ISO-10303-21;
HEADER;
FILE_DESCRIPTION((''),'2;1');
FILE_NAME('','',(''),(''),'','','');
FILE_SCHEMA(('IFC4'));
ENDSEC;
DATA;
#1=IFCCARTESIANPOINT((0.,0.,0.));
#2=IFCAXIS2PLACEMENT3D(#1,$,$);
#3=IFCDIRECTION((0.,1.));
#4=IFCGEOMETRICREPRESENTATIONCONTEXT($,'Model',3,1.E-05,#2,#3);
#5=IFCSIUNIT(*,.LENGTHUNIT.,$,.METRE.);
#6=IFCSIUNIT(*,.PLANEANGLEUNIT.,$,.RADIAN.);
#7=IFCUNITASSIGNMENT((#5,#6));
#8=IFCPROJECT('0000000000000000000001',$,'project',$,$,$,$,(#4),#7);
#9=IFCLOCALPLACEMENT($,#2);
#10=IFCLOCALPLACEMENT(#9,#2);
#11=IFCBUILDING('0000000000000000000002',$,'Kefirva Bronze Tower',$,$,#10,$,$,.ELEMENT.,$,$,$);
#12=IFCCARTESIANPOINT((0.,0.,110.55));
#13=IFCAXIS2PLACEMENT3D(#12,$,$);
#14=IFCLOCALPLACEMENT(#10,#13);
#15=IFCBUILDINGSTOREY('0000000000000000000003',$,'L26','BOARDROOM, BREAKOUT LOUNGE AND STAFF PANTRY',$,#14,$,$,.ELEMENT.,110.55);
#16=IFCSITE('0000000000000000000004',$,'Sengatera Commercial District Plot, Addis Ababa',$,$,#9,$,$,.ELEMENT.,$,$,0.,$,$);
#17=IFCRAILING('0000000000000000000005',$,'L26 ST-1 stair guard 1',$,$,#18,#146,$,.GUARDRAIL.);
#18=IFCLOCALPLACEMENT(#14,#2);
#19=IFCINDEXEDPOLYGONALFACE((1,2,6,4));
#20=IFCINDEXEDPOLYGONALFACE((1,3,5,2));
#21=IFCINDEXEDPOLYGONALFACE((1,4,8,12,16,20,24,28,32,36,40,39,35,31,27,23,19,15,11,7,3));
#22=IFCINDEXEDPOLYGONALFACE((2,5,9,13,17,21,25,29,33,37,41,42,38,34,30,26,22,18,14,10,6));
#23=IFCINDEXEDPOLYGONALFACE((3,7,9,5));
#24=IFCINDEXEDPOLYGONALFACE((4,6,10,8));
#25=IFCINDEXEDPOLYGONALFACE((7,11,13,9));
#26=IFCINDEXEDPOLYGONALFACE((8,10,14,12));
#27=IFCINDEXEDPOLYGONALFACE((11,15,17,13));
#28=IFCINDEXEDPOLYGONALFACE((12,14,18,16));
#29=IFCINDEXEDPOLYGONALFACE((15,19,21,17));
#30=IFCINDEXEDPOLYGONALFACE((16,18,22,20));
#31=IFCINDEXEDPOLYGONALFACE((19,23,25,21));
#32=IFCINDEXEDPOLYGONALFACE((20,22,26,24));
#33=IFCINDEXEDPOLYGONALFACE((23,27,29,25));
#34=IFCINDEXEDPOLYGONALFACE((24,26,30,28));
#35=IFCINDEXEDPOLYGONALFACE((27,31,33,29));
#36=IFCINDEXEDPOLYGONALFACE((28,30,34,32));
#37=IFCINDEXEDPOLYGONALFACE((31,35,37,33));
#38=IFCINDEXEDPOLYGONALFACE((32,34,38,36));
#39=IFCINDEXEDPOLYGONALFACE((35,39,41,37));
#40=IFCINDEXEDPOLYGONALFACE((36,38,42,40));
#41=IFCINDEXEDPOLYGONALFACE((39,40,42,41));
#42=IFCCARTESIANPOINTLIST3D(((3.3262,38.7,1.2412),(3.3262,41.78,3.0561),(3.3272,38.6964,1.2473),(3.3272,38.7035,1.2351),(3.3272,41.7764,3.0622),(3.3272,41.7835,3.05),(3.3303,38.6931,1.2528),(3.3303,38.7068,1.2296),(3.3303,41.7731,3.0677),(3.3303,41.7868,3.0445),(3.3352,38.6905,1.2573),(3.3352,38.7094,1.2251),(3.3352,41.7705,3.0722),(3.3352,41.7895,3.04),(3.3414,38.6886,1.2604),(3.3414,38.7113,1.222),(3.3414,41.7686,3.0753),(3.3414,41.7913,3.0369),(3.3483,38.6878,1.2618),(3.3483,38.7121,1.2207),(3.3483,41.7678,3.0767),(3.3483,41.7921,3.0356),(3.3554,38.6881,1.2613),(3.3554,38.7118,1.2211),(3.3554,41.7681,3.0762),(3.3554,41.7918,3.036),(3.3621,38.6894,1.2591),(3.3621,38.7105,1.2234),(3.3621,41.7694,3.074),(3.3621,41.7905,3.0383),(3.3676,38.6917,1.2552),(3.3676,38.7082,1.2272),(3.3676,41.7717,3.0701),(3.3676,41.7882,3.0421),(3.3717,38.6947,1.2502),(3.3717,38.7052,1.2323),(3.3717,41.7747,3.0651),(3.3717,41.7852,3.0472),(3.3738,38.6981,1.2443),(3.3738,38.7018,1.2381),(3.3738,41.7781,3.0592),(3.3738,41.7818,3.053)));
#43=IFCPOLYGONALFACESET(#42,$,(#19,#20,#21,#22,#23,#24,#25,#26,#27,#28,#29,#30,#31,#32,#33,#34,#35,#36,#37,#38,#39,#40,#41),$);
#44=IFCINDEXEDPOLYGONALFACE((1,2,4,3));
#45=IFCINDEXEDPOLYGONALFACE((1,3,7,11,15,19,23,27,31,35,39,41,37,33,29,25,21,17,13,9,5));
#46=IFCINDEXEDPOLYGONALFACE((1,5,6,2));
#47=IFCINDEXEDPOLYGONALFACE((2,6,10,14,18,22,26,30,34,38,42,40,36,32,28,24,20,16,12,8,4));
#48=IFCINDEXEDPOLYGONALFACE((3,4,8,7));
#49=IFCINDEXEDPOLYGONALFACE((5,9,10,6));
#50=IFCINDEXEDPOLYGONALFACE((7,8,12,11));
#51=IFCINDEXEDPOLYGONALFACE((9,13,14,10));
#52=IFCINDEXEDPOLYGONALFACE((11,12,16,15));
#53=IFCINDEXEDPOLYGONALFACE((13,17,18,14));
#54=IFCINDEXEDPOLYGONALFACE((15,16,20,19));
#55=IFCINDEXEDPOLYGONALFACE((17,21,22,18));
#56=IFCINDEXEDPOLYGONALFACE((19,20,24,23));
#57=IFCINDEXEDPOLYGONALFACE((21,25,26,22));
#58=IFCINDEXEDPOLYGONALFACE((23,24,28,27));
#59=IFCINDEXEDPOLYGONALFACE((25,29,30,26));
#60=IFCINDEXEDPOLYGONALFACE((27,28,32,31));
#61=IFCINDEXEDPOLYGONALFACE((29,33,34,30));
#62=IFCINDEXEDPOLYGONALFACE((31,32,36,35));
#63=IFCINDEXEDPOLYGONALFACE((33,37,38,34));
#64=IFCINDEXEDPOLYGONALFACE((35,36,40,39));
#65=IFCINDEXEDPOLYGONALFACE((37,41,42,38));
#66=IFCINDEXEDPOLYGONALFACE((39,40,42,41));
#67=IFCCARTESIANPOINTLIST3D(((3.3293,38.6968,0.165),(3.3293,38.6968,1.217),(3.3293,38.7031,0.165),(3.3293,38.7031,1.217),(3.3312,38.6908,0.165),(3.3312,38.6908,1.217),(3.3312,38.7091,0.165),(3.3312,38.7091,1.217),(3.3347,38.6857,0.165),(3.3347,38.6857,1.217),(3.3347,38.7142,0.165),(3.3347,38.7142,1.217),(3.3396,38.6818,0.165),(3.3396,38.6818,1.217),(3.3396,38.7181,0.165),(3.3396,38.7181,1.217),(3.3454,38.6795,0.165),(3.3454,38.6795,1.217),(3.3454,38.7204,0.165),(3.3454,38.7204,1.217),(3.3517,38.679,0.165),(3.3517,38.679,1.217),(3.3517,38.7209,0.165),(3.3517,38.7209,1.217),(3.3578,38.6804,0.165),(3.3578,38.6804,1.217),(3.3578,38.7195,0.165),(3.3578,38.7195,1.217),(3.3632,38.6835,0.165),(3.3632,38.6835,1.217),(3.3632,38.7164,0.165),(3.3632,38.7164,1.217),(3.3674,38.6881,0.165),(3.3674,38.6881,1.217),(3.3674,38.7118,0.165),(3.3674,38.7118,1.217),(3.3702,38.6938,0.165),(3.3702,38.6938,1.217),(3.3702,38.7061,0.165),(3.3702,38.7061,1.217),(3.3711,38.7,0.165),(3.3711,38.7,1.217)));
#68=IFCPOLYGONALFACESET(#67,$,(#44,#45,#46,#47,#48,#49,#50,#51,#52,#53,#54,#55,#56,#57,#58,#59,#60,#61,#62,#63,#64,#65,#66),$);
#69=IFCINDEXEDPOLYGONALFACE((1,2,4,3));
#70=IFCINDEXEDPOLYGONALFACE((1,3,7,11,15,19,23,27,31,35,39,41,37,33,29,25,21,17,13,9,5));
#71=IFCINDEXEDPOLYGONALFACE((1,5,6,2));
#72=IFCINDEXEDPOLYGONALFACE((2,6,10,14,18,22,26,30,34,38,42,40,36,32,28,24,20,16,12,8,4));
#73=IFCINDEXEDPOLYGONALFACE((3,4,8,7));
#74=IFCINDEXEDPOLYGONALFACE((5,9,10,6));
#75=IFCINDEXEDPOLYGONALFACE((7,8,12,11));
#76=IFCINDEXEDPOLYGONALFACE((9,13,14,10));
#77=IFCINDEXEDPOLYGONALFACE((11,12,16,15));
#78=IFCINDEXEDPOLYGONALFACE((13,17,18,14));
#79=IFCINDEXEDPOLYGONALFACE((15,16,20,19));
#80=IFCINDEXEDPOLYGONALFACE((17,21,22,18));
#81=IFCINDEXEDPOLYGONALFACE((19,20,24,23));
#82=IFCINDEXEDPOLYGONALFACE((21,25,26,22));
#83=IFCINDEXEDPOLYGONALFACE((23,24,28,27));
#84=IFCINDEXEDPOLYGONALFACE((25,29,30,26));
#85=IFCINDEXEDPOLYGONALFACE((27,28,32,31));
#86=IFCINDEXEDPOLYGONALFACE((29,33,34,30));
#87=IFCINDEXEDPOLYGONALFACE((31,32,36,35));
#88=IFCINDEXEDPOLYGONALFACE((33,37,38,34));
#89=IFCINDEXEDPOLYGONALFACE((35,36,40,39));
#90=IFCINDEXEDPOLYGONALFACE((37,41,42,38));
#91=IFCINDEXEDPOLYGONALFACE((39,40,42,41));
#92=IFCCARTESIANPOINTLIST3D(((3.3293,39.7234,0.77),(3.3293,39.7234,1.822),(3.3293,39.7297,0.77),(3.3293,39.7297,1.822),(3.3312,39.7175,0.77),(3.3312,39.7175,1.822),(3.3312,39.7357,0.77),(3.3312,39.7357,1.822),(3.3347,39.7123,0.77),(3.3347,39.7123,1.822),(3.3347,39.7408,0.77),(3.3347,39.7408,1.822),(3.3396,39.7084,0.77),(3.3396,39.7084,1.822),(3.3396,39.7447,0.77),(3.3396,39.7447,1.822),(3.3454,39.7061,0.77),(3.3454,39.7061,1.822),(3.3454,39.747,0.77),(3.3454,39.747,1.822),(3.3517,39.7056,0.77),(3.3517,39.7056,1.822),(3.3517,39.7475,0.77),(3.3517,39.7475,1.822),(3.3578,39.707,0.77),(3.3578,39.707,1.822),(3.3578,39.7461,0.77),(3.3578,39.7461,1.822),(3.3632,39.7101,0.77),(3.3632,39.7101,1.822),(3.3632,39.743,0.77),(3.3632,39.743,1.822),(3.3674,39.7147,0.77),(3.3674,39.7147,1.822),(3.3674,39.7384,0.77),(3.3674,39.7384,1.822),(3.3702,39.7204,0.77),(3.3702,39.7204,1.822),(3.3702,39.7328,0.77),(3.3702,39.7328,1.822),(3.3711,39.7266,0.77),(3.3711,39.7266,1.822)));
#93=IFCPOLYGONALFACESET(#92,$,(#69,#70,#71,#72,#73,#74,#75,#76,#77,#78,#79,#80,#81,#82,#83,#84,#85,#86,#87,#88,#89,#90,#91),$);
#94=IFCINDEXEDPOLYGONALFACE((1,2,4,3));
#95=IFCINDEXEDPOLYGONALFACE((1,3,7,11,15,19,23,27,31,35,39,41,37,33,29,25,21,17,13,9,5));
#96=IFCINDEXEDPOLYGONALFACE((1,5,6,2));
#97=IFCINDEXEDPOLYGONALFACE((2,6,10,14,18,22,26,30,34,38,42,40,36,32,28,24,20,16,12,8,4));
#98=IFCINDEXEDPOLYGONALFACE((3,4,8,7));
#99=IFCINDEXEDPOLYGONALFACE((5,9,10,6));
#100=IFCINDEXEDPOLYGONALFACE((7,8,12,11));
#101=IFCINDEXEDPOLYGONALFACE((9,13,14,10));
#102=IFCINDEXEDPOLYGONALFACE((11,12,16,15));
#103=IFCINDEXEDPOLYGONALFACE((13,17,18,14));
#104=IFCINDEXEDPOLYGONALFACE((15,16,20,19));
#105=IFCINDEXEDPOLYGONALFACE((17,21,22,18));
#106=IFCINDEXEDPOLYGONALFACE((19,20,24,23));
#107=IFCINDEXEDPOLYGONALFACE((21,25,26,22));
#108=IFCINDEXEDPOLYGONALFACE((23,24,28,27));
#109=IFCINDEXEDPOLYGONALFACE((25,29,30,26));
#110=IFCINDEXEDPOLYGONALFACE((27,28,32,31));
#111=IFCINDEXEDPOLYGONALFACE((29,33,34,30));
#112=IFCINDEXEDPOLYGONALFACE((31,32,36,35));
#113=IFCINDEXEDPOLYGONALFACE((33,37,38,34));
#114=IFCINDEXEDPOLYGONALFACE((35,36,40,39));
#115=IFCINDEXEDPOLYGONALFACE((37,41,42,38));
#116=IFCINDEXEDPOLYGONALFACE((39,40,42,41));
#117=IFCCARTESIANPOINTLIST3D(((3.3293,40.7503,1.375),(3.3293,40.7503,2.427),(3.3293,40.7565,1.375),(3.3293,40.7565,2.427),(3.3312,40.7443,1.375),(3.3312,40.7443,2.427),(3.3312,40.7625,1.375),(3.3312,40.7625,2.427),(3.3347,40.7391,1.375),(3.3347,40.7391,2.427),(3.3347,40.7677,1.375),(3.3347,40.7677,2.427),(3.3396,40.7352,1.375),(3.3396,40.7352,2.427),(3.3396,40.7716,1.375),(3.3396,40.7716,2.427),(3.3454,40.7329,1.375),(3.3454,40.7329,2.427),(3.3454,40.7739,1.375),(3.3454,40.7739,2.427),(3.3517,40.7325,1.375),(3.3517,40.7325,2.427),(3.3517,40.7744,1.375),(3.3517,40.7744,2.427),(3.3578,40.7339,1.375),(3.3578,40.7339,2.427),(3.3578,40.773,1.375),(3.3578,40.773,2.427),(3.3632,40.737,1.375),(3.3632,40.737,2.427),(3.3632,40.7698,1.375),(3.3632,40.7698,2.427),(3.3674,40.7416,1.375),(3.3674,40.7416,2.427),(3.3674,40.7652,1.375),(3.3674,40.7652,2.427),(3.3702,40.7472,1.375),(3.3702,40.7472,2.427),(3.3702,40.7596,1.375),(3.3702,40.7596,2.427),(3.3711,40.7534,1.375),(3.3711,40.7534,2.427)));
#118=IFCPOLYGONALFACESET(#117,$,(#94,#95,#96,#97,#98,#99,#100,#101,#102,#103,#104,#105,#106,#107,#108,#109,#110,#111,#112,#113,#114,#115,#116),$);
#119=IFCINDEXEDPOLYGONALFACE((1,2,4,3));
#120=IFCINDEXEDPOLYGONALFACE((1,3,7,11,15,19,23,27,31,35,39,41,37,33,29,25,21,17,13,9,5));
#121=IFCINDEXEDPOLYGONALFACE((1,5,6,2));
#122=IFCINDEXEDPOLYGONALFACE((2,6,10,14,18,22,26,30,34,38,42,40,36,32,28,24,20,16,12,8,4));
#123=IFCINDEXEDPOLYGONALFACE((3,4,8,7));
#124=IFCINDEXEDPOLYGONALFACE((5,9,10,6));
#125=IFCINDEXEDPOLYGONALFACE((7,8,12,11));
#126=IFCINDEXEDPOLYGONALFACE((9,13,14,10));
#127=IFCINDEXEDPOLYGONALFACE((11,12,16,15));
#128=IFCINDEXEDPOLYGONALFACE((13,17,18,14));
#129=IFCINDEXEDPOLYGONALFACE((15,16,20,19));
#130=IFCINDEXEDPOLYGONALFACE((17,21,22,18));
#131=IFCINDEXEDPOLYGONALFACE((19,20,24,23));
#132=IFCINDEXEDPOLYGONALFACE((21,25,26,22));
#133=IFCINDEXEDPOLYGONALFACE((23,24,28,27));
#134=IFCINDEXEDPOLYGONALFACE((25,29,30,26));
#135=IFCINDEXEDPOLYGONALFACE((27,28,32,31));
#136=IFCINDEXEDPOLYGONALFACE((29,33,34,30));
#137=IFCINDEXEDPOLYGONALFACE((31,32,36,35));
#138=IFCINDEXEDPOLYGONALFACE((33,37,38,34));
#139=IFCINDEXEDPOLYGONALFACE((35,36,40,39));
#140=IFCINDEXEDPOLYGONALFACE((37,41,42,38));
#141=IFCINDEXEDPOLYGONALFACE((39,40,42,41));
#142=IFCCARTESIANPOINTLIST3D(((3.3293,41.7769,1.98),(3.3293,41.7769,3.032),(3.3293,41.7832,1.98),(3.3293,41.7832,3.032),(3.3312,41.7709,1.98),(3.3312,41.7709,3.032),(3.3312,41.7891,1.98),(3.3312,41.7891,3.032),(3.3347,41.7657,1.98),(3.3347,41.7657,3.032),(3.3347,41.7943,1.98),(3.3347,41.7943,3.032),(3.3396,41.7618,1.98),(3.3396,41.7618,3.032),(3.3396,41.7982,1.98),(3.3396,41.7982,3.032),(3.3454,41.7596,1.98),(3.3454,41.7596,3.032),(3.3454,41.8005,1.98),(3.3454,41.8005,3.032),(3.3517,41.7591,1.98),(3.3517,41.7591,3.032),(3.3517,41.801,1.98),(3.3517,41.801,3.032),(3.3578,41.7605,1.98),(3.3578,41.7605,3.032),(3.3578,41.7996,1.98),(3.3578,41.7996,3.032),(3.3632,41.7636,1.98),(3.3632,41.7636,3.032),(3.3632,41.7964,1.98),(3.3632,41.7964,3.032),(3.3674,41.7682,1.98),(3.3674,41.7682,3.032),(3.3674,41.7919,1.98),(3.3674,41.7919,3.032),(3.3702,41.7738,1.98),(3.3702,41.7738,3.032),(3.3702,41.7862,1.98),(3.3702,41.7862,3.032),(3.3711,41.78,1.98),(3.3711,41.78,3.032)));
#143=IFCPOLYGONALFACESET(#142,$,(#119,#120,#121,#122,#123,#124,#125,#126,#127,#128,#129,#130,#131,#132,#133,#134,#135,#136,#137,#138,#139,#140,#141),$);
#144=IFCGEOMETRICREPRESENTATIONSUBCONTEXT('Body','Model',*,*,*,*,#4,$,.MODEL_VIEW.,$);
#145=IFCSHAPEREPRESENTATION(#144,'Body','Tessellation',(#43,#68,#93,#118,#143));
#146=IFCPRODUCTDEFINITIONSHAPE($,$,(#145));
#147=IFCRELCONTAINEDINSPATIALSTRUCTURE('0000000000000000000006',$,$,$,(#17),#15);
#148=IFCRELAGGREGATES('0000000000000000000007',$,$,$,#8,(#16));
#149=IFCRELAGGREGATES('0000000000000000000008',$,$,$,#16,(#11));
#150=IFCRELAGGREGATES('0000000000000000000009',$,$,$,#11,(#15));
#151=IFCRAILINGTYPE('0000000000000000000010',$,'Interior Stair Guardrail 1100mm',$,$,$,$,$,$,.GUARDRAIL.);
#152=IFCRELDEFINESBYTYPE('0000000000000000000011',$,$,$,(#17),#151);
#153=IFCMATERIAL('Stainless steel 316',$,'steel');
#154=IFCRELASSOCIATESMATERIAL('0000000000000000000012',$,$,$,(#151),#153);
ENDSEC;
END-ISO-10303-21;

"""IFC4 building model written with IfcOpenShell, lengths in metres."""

from ifc_helpers import new_model, si_unit, direction, frame, origin, origin_2d, place, context, subcontext, project, spatial, circle, extrude, material, type_object, element, save


model = new_model("IFC4")

# Units and contexts
model_context = context("Model", 3, precision=1e-05, world=origin(), true_north=direction((0.0, 1.0)))
body_context = subcontext(model_context, "Body", "Model", "MODEL_VIEW")
ifc_project = project(units=[si_unit("LENGTHUNIT", "METRE"), si_unit("PLANEANGLEUNIT", "RADIAN")], contexts=[model_context])

# Site, building, storey
site_placement = place(None, origin())
site = spatial("IfcSite", under=ifc_project, at=site_placement, Name="Sengatera Commercial District Plot, Addis Ababa", CompositionType="ELEMENT", RefElevation=0.0)
building_placement = place(site_placement, origin())
building = spatial("IfcBuilding", under=site, at=building_placement, Name="Kefirva Bronze Tower", CompositionType="ELEMENT")
storey_placement = place(building_placement, frame((0.0, 0.0, 110.55)))
storey = spatial("IfcBuildingStorey", under=building, at=storey_placement, Name="L26", Description="BOARDROOM, BREAKOUT LOUNGE AND STAFF PANTRY", CompositionType="ELEMENT", Elevation=110.55)

# Shared definitions
ifc_material_1 = material(Name="Stainless steel 316", Category="steel")

# Railing
railing_type_1 = type_object("IfcRailingType", Name="Interior Stair Guardrail 1100mm", PredefinedType="GUARDRAIL", material=ifc_material_1)
railing_1_placement = place(storey_placement, frame((3.3501, 38.7, 0.165)))
element("IfcRailing", 1, at=railing_1_placement, inside=storey, type_object=railing_type_1, Name="L26 ST-1 stair guard 1", PredefinedType="GUARDRAIL", context=body_context, shape_type="SweptSolid", body=[
    extrude(circle(Radius=0.0239, at=origin_2d()), frame((0.0, 0.0, 1.0762), z_axis=(0.0, 0.861551, 0.507671), x_axis=(-1.0, 0.0, 0.0)), (0.0, 0.0, 1.0), 3.575),
    extrude(circle(Radius=0.021, at=origin_2d()), origin(), (0.0, 0.0, 1.0), 1.052),
    extrude(circle(Radius=0.021, at=origin_2d()), frame((0.0, 1.0266, 0.605)), (0.0, 0.0, 1.0), 1.052),
    extrude(circle(Radius=0.021, at=origin_2d()), frame((0.0, 2.0535, 1.21)), (0.0, 0.0, 1.0), 1.052),
    extrude(circle(Radius=0.021, at=origin_2d()), frame((0.0, 3.0801, 1.8149)), (0.0, 0.0, 1.0), 1.052),
])

save(model, "model.ifc")
